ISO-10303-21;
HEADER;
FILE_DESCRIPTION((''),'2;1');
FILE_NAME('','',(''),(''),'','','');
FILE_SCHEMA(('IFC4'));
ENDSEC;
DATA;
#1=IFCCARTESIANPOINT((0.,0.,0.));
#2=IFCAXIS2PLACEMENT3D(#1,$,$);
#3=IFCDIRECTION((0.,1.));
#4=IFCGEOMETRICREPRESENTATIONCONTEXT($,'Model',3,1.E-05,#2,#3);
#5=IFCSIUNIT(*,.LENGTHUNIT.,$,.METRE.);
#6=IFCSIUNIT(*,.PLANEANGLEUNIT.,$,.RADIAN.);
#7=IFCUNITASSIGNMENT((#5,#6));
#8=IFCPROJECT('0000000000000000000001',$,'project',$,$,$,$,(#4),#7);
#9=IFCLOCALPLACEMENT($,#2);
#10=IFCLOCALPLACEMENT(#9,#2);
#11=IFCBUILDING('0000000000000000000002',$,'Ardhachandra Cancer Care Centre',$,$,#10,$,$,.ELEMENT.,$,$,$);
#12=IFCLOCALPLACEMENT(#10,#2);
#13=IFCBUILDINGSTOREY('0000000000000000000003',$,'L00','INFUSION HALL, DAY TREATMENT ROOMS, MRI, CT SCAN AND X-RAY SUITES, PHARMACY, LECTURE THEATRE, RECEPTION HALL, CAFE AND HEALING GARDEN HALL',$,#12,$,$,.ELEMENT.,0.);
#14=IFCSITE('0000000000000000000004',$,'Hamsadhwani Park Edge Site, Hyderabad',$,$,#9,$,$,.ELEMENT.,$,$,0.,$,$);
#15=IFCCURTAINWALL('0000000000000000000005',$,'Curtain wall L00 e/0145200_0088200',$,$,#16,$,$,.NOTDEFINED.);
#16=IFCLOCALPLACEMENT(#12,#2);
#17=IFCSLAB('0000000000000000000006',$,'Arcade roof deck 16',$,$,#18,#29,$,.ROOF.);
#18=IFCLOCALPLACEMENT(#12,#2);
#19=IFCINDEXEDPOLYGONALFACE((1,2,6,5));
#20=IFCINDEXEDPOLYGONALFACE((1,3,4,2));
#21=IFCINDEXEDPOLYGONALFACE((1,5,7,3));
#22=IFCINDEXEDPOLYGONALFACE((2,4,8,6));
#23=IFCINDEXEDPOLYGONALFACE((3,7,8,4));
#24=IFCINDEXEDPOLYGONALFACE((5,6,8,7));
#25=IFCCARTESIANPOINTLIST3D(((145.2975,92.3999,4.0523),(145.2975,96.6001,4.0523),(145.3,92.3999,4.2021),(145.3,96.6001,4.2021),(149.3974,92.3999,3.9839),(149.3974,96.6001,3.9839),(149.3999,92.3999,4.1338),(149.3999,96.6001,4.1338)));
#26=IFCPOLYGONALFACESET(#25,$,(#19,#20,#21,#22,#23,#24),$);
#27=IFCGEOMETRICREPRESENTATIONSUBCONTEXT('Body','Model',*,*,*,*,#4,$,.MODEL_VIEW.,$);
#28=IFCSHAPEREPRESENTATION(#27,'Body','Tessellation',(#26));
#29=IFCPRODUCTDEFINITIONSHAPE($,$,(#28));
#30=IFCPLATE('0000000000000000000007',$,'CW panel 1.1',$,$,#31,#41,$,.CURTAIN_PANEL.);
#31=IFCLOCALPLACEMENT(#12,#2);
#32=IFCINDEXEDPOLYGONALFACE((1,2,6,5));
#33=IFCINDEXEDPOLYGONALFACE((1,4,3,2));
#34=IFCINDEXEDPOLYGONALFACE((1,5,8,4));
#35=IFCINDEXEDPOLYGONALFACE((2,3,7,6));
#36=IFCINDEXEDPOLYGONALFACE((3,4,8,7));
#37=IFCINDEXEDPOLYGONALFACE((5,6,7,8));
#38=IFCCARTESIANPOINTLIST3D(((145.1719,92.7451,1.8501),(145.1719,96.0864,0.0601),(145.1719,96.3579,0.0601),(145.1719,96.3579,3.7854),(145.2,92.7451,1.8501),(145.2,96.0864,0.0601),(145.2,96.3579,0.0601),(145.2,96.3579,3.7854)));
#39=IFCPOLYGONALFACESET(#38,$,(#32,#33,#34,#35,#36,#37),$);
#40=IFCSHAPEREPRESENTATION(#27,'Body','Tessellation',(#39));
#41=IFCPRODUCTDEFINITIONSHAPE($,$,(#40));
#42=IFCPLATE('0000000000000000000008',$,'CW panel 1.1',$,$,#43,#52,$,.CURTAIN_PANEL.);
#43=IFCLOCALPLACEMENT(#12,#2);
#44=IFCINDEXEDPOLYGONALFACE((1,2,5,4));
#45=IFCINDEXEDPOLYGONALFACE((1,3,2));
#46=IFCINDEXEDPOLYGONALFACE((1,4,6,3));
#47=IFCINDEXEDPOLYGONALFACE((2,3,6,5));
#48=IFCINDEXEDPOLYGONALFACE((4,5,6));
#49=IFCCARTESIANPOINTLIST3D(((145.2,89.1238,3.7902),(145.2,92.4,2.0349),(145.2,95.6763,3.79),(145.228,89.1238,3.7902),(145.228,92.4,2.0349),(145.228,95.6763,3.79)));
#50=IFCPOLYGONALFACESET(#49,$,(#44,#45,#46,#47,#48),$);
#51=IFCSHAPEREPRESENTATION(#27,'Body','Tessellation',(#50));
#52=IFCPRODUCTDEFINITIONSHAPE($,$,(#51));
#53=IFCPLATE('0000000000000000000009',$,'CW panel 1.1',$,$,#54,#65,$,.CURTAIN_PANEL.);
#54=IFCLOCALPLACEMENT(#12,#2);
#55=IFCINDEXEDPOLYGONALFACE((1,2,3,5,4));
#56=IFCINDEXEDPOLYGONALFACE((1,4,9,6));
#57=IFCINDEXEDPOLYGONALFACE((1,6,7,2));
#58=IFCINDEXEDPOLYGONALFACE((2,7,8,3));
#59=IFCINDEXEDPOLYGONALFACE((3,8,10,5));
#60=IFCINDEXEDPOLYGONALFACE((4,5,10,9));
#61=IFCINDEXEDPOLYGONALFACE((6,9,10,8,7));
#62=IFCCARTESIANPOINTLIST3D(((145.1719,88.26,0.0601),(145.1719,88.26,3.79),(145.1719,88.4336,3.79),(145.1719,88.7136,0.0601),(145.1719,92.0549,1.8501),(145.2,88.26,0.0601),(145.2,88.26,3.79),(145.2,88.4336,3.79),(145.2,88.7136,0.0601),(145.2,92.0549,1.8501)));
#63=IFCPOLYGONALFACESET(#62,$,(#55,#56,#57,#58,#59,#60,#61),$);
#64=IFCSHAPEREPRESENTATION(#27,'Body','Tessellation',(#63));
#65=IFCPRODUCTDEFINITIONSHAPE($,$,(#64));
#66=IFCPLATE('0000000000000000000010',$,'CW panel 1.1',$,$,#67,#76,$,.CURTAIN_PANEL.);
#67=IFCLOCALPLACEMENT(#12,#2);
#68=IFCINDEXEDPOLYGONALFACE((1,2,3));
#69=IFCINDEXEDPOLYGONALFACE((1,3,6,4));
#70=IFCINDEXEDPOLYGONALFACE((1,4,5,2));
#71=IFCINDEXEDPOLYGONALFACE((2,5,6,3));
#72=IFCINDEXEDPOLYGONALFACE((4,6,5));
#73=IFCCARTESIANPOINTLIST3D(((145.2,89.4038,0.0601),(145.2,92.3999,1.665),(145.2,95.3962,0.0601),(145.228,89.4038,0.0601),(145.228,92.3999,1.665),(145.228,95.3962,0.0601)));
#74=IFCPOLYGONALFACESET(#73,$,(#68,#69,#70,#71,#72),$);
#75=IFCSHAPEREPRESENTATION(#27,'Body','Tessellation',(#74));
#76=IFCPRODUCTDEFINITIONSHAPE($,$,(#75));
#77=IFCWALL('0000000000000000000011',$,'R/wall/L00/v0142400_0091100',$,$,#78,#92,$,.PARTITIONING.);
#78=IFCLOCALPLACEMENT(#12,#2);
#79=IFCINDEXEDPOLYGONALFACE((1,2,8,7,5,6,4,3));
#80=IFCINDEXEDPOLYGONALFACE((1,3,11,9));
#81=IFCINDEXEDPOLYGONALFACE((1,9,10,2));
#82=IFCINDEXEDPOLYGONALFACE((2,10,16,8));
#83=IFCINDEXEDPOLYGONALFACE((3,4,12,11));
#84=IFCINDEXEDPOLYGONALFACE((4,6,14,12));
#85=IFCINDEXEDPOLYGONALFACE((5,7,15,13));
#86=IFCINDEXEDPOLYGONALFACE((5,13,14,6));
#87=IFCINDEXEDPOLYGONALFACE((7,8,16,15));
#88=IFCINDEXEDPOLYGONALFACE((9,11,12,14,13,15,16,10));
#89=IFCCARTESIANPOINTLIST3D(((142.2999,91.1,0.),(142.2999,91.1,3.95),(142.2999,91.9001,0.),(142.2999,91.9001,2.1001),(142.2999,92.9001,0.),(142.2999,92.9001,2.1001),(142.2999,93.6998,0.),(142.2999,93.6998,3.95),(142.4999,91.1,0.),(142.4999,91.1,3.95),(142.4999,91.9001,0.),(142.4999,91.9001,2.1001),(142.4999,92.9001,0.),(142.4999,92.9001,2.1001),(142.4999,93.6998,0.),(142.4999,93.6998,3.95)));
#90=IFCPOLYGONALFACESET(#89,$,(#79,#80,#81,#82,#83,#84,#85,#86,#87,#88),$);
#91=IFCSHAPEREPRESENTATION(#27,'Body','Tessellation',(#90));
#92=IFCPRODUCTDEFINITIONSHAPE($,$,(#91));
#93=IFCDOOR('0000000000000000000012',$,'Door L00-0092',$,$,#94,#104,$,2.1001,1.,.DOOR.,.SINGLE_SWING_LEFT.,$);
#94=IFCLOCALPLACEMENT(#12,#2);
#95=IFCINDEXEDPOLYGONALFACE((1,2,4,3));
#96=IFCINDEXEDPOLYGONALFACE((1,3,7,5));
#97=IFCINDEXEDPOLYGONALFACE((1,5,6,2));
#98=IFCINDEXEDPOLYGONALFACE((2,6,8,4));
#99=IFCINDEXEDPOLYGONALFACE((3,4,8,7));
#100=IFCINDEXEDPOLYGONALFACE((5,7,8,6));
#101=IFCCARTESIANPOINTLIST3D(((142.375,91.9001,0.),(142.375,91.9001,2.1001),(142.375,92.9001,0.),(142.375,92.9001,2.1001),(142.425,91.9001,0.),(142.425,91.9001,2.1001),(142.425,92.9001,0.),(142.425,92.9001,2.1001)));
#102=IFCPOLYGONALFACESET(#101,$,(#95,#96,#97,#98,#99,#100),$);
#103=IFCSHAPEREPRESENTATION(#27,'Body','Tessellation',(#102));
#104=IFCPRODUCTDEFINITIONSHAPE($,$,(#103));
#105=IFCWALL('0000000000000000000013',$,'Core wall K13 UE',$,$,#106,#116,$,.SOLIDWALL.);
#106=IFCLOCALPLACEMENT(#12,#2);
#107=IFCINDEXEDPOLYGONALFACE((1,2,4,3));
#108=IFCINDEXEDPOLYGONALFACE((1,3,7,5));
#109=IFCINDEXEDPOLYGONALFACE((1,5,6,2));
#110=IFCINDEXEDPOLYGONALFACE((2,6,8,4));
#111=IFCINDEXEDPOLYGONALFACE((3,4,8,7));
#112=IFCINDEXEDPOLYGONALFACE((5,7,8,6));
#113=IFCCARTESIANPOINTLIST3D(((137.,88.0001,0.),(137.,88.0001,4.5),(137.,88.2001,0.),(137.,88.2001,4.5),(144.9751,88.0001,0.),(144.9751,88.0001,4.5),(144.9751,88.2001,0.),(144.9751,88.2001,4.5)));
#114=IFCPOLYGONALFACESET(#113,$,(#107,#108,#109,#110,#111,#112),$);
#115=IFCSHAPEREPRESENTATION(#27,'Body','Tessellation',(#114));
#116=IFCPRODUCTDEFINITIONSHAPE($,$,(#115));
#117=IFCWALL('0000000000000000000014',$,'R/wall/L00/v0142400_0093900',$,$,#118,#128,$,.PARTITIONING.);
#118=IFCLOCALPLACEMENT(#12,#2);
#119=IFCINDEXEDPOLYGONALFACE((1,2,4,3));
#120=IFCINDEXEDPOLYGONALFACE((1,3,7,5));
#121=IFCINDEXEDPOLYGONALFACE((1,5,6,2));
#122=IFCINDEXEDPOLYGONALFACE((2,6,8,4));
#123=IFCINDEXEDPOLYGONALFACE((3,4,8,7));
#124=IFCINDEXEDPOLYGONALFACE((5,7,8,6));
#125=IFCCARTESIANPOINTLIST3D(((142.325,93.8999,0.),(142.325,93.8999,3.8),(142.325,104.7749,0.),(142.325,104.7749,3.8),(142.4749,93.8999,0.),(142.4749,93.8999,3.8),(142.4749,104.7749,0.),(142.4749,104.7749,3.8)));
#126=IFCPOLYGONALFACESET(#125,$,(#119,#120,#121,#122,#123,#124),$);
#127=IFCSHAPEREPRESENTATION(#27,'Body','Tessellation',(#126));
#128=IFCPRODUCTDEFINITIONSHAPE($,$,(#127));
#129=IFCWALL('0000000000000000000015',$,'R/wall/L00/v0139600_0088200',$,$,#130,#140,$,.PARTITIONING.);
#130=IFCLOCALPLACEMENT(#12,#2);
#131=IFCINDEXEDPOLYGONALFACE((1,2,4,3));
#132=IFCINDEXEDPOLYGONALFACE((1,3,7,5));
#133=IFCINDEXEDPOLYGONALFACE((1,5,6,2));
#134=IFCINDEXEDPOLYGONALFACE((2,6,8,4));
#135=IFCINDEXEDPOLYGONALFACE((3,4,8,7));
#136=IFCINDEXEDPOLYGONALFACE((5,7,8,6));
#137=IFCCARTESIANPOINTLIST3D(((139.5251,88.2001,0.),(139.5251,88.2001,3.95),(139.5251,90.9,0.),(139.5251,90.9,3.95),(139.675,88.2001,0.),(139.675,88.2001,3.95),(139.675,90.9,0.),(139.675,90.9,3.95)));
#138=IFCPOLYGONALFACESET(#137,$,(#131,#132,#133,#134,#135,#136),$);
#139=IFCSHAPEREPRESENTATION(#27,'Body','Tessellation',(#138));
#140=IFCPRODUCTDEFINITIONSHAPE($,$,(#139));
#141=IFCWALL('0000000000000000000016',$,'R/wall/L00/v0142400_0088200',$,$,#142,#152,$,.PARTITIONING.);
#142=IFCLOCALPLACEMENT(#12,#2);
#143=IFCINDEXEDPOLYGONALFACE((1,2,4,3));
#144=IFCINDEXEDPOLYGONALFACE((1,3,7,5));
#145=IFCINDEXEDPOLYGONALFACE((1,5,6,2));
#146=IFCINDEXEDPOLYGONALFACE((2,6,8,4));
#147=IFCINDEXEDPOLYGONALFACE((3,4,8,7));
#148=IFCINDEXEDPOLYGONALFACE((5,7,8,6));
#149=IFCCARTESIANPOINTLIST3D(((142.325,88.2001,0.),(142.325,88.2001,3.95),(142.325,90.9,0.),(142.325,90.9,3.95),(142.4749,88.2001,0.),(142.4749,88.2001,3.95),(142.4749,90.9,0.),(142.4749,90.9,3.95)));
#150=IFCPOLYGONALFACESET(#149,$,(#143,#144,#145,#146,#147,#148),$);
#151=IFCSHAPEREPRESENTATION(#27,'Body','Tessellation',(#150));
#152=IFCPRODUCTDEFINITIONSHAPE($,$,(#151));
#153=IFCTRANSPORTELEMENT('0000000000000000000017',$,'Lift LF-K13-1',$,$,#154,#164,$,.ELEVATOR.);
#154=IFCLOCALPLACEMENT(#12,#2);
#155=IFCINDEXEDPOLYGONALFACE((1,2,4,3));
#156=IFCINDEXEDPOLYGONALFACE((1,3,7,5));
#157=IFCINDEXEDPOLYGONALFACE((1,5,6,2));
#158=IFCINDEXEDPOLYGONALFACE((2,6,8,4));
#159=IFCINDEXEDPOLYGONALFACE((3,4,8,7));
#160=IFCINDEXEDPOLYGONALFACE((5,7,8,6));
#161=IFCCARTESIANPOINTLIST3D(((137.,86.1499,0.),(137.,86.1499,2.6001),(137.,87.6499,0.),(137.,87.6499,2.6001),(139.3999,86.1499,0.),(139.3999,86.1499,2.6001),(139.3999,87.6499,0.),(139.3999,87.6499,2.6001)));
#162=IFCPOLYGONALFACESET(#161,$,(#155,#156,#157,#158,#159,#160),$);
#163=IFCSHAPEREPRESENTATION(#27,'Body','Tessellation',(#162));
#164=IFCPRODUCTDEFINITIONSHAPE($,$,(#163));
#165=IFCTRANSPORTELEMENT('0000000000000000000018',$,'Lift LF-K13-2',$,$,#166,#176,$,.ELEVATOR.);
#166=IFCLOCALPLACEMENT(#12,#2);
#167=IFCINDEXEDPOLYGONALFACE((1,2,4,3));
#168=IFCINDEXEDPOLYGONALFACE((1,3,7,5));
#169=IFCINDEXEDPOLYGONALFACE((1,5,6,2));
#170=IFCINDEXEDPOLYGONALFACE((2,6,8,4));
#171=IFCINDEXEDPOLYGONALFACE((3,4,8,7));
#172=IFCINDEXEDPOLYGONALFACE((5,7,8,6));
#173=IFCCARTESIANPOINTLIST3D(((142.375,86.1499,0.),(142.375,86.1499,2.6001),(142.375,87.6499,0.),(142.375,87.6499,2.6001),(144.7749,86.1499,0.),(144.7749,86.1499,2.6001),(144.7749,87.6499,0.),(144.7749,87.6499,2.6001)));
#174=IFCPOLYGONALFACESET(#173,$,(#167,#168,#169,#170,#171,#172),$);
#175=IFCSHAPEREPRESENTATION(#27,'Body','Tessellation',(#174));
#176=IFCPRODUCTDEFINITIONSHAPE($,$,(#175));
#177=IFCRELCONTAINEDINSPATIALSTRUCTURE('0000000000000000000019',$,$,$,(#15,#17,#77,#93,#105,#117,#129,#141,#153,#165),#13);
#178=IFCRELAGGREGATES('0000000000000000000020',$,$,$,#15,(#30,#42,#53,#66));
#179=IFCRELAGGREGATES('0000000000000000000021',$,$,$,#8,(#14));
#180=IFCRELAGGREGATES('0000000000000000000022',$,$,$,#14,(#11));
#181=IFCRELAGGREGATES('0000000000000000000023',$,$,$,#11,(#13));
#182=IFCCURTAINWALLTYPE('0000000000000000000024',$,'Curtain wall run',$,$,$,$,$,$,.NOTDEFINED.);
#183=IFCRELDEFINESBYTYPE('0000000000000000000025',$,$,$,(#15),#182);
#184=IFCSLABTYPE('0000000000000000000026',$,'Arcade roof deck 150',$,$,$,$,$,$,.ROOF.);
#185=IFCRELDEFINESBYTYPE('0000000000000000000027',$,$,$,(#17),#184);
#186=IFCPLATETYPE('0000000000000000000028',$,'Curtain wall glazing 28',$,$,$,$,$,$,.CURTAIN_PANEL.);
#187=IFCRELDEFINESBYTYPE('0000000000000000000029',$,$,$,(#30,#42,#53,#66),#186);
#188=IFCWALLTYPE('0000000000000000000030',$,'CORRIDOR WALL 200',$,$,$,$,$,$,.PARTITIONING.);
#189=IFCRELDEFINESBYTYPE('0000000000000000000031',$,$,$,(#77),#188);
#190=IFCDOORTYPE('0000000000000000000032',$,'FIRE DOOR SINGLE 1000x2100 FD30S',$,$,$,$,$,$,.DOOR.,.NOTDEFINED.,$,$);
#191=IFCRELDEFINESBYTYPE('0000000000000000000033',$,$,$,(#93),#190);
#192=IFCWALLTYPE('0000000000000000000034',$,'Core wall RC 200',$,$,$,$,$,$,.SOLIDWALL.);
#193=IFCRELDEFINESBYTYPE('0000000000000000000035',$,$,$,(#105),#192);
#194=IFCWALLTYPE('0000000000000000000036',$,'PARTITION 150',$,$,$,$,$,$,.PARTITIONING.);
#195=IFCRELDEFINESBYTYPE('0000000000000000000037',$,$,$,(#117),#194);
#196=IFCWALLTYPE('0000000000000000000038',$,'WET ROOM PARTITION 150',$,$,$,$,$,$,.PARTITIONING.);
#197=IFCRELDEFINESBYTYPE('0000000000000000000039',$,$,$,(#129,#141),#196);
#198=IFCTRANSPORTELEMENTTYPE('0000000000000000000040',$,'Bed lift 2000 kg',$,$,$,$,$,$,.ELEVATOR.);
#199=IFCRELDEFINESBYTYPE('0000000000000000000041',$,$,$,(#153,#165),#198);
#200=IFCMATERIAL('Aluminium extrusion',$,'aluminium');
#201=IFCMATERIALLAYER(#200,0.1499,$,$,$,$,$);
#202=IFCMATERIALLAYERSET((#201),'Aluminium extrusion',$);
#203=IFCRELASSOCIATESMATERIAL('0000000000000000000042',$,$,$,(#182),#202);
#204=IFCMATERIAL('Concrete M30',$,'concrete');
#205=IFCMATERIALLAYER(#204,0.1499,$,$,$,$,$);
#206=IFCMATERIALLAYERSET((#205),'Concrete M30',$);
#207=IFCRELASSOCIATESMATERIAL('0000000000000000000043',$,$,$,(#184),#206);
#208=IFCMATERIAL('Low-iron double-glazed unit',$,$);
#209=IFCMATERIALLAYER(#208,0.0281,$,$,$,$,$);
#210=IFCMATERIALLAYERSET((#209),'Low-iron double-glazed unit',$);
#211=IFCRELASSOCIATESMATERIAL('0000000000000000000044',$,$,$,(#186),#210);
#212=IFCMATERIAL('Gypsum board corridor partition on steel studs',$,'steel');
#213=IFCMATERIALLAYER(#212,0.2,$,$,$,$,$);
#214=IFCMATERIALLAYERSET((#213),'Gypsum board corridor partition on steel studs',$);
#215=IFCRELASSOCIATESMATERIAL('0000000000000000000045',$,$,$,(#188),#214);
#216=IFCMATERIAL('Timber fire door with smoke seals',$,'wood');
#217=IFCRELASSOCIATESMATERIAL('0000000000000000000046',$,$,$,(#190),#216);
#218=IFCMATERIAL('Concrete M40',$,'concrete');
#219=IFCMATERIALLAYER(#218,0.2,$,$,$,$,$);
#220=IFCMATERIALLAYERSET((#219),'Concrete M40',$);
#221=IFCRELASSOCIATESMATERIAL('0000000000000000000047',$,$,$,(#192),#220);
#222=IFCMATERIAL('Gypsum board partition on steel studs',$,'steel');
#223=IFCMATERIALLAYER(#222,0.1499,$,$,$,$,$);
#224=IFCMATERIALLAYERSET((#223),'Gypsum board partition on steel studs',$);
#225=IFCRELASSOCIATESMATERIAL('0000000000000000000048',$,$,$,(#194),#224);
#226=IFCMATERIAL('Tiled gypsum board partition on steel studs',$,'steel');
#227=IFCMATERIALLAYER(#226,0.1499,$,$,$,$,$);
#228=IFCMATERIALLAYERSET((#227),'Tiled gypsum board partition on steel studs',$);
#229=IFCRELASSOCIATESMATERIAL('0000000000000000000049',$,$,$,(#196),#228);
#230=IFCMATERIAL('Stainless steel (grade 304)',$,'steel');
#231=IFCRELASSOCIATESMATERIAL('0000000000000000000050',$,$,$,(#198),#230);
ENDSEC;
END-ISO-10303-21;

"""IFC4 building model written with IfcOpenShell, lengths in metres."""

from ifc_helpers import new_model, si_unit, direction, frame, frame_2d, origin, origin_2d, place, context, subcontext, project, spatial, polyline, rectangle, outline, extrude, material, layer, layer_set, type_object, element, fill, aggregate, save


model = new_model("IFC4")

# Units and contexts
model_context = context("Model", 3, precision=1e-05, world=origin(), true_north=direction((0.0, 1.0)))
body_context = subcontext(model_context, "Body", "Model", "MODEL_VIEW")
ifc_project = project(units=[si_unit("LENGTHUNIT", "METRE"), si_unit("PLANEANGLEUNIT", "RADIAN")], contexts=[model_context])

# Site, building, storey
site_placement = place(None, origin())
site = spatial("IfcSite", under=ifc_project, at=site_placement, Name="Hamsadhwani Park Edge Site, Hyderabad", CompositionType="ELEMENT", RefElevation=0.0)
building_placement = place(site_placement, origin())
building = spatial("IfcBuilding", under=site, at=building_placement, Name="Ardhachandra Cancer Care Centre", CompositionType="ELEMENT")
storey_placement = place(building_placement, origin())
storey = spatial("IfcBuildingStorey", under=building, at=storey_placement, Name="L00", Description="INFUSION HALL, DAY TREATMENT ROOMS, MRI, CT SCAN AND X-RAY SUITES, PHARMACY, LECTURE THEATRE, RECEPTION HALL, CAFE AND HEALING GARDEN HALL", CompositionType="ELEMENT", Elevation=0.0)

# Curtain wall
ifc_material_1 = material(Name="Aluminium extrusion", Category="aluminium")
ifc_layer_1 = layer(ifc_material_1, 0.1499)
ifc_layer_set_1 = layer_set([ifc_layer_1], Name="Aluminium extrusion")
curtain_wall_type = type_object("IfcCurtainWallType", Name="Curtain wall run", PredefinedType="NOTDEFINED", material=ifc_layer_set_1)
curtain_wall_placement = place(storey_placement, origin())
curtain_wall = element("IfcCurtainWall", 1, at=curtain_wall_placement, inside=storey, type_object=curtain_wall_type, Name="Curtain wall L00 e/0145200_0088200", PredefinedType="NOTDEFINED")

# Slab
ifc_material_2 = material(Name="Concrete M30", Category="concrete")
ifc_layer_2 = layer(ifc_material_2, 0.1499)
ifc_layer_set_2 = layer_set([ifc_layer_2], Name="Concrete M30")
slab_type = type_object("IfcSlabType", Name="Arcade roof deck 150", PredefinedType="ROOF", material=ifc_layer_set_2)
slab_1_placement = place(storey_placement, frame((145.3, 92.3999, 4.2021), z_axis=(0.016671, 0.0, 0.999861), x_axis=(0.999861, 0.0, -0.016671)))
element("IfcSlab", 2, at=slab_1_placement, inside=storey, type_object=slab_type, Name="Arcade roof deck 16", PredefinedType="ROOF", context=body_context, shape_type="SweptSolid", body=[
    extrude(outline(polyline([(0.0, 0.0), (4.1004, 0.0), (4.1004, 4.2002), (0.0, 4.2002), (0.0, 0.0)])), origin(), (0.0, 0.0, -1.0), 0.1499),
])

# Plates
ifc_material_3 = material(Name="Low-iron double-glazed unit")
ifc_layer_3 = layer(ifc_material_3, 0.0281)
ifc_layer_set_3 = layer_set([ifc_layer_3], Name="Low-iron double-glazed unit")
plate_type = type_object("IfcPlateType", Name="Curtain wall glazing 28", PredefinedType="CURTAIN_PANEL", material=ifc_layer_set_3)
plate_1_placement = place(storey_placement, frame((145.2, 96.3579, 0.0601), z_axis=(-1.0, 0.0, 0.0), x_axis=(0.0, -1.0, 0.0)))
plate_1 = element("IfcPlate", 3, at=plate_1_placement, type_object=plate_type, Name="CW panel 1.1", PredefinedType="CURTAIN_PANEL", context=body_context, shape_type="SweptSolid", body=[
    extrude(outline(polyline([(0.0, 0.0), (0.2715, 0.0), (3.6128, 1.79), (0.0, 3.7253), (0.0, 0.0)])), origin(), (0.0, 0.0, 1.0), 0.0281),
])
plate_2_placement = place(storey_placement, frame((145.2, 95.6763, 3.79), z_axis=(-1.0, 0.0, 0.0), x_axis=(0.0, -0.881488, -0.472207)))
plate_2 = element("IfcPlate", 4, at=plate_2_placement, type_object=plate_type, Name="CW panel 1.1", PredefinedType="CURTAIN_PANEL", context=body_context, shape_type="SweptSolid", body=[
    extrude(outline(polyline([(0.0, 0.0), (3.7168, 0.0), (5.7759, 3.0942), (0.0, 0.0)])), frame((0.0, 0.0, -0.0281)), (0.0, 0.0, 1.0), 0.0281),
])
plate_3_placement = place(storey_placement, frame((145.2, 88.26, 0.0601), z_axis=(-1.0, 0.0, 0.0), x_axis=(0.0, 0.0, 1.0)))
plate_3 = element("IfcPlate", 5, at=plate_3_placement, type_object=plate_type, Name="CW panel 1.1", PredefinedType="CURTAIN_PANEL", context=body_context, shape_type="SweptSolid", body=[
    extrude(outline(polyline([(0.0, 0.0), (3.73, 0.0), (3.73, 0.1736), (1.79, 3.7949), (0.0, 0.4536), (0.0, 0.0)])), origin(), (0.0, 0.0, 1.0), 0.0281),
])
plate_4_placement = place(storey_placement, frame((145.2, 89.4038, 0.0601), z_axis=(-1.0, 0.0, 0.0), x_axis=(0.0, 0.881489, 0.472205)))
plate_4 = element("IfcPlate", 6, at=plate_4_placement, type_object=plate_type, Name="CW panel 1.1", PredefinedType="CURTAIN_PANEL", context=body_context, shape_type="SweptSolid", body=[
    extrude(outline(polyline([(0.0, 0.0), (3.3989, 0.0), (5.2822, 2.8296), (0.0, 0.0)])), frame((0.0, 0.0, -0.0281)), (0.0, 0.0, 1.0), 0.0281),
])
aggregate(curtain_wall, [plate_1, plate_2, plate_3, plate_4])

# Wall, opening, door
ifc_material_4 = material(Name="Gypsum board corridor partition on steel studs", Category="steel")
ifc_layer_4 = layer(ifc_material_4, 0.2)
ifc_layer_set_4 = layer_set([ifc_layer_4], Name="Gypsum board corridor partition on steel studs")
wall_type_1 = type_object("IfcWallType", Name="CORRIDOR WALL 200", PredefinedType="PARTITIONING", material=ifc_layer_set_4)
wall_1_placement = place(storey_placement, frame((142.3999, 91.1001, 0.0), z_axis=(0.0, 0.0, 1.0), x_axis=(0.0, 1.0, 0.0)))
wall_1 = element("IfcWall", 7, at=wall_1_placement, inside=storey, type_object=wall_type_1, Name="R/wall/L00/v0142400_0091100", PredefinedType="PARTITIONING", context=body_context, shape_type="SweptSolid", body=[
    extrude(rectangle(XDim=2.5999, YDim=0.2, at=frame_2d((1.2998, 0.0))), origin(), (0.0, 0.0, 1.0), 3.95),
])
opening_placement = place(wall_1_placement, frame((0.8, 0.0, 0.0)))
opening = element("IfcOpeningElement", 8, at=opening_placement, cuts=wall_1, PredefinedType="OPENING", context=body_context, shape_type="SweptSolid", body=[
    extrude(rectangle(XDim=1.0, YDim=2.1001, at=frame_2d((0.5, 1.05))), frame((0.0, 0.1099, 0.0), z_axis=(0.0, -1.0, 0.0), x_axis=(1.0, 0.0, 0.0)), (0.0, 0.0, 1.0), 0.22),
])
ifc_material_5 = material(Name="Timber fire door with smoke seals", Category="wood")
door_type = type_object("IfcDoorType", Name="FIRE DOOR SINGLE 1000x2100 FD30S", OperationType="NOTDEFINED", PredefinedType="DOOR", material=ifc_material_5)
door_placement = place(opening_placement, origin())
door = element("IfcDoor", 9, at=door_placement, inside=storey, type_object=door_type, Name="Door L00-0092", OperationType="SINGLE_SWING_LEFT", OverallHeight=2.1001, OverallWidth=1.0, PredefinedType="DOOR", context=body_context, shape_type="SweptSolid", body=[
    extrude(rectangle(XDim=1.0, YDim=2.1001, at=frame_2d((0.5, 1.05))), frame((0.0, 0.0249, 0.0), z_axis=(0.0, -1.0, 0.0), x_axis=(1.0, 0.0, 0.0)), (0.0, 0.0, 1.0), 0.05),
])
fill(opening, door)

# Walls
ifc_material_6 = material(Name="Concrete M40", Category="concrete")
ifc_layer_5 = layer(ifc_material_6, 0.2)
ifc_layer_set_5 = layer_set([ifc_layer_5], Name="Concrete M40")
wall_type_2 = type_object("IfcWallType", Name="Core wall RC 200", PredefinedType="SOLIDWALL", material=ifc_layer_set_5)
wall_2_placement = place(storey_placement, frame((137.0, 88.1001, 0.0), z_axis=(0.0, 0.0, 1.0), x_axis=(1.0, 0.0, 0.0)))
element("IfcWall", 10, at=wall_2_placement, inside=storey, type_object=wall_type_2, Name="Core wall K13 UE", PredefinedType="SOLIDWALL", context=body_context, shape_type="SweptSolid", body=[
    extrude(rectangle(XDim=7.9751, YDim=0.2, at=frame_2d((3.9875, 0.0))), origin(), (0.0, 0.0, 1.0), 4.5),
])
ifc_material_7 = material(Name="Gypsum board partition on steel studs", Category="steel")
ifc_layer_6 = layer(ifc_material_7, 0.1499)
ifc_layer_set_6 = layer_set([ifc_layer_6], Name="Gypsum board partition on steel studs")
wall_type_3 = type_object("IfcWallType", Name="PARTITION 150", PredefinedType="PARTITIONING", material=ifc_layer_set_6)
wall_3_placement = place(storey_placement, frame((142.3999, 93.8999, 0.0), z_axis=(0.0, 0.0, 1.0), x_axis=(0.0, 1.0, 0.0)))
element("IfcWall", 11, at=wall_3_placement, inside=storey, type_object=wall_type_3, Name="R/wall/L00/v0142400_0093900", PredefinedType="PARTITIONING", context=body_context, shape_type="SweptSolid", body=[
    extrude(rectangle(XDim=10.875, YDim=0.1499, at=frame_2d((5.4375, 0.0))), origin(), (0.0, 0.0, 1.0), 3.8),
])
ifc_material_8 = material(Name="Tiled gypsum board partition on steel studs", Category="steel")
ifc_layer_7 = layer(ifc_material_8, 0.1499)
ifc_layer_set_7 = layer_set([ifc_layer_7], Name="Tiled gypsum board partition on steel studs")
wall_type_4 = type_object("IfcWallType", Name="WET ROOM PARTITION 150", PredefinedType="PARTITIONING", material=ifc_layer_set_7)
for number, where, z_axis, x_axis, name in (
    (12, (139.6001, 88.2, 0.0), (0.0, 0.0, 1.0), (0.0, 1.0, 0.0), "R/wall/L00/v0139600_0088200"),
    (13, (142.3999, 88.2, 0.0), (0.0, 0.0, 1.0), (0.0, 1.0, 0.0), "R/wall/L00/v0142400_0088200"),
):
    element("IfcWall", number, at=place(storey_placement, frame(where, z_axis=z_axis, x_axis=x_axis)), inside=storey, type_object=wall_type_4, Name=name, PredefinedType="PARTITIONING", context=body_context, shape_type="SweptSolid", body=[
        extrude(rectangle(XDim=2.7, YDim=0.1499, at=frame_2d((1.3501, 0.0))), origin(), (0.0, 0.0, 1.0), 3.95),
    ])

# Transport elements
ifc_material_9 = material(Name="Stainless steel (grade 304)", Category="steel")
transport_element_type = type_object("IfcTransportElementType", Name="Bed lift 2000 kg", PredefinedType="ELEVATOR", material=ifc_material_9)
for number, where, z_axis, x_axis, name in (
    (14, (138.2, 86.8999, 0.0), (0.0, 0.0, 1.0), (1.0, 0.0, 0.0), "Lift LF-K13-1"),
    (15, (143.575, 86.8999, 0.0), (0.0, 0.0, 1.0), (1.0, 0.0, 0.0), "Lift LF-K13-2"),
):
    element("IfcTransportElement", number, at=place(storey_placement, frame(where, z_axis=z_axis, x_axis=x_axis)), inside=storey, type_object=transport_element_type, Name=name, PredefinedType="ELEVATOR", context=body_context, shape_type="SweptSolid", body=[
        extrude(rectangle(XDim=2.3999, YDim=1.5, at=origin_2d()), origin(), (0.0, 0.0, 1.0), 2.6001),
    ])

save(model, "model.ifc")
